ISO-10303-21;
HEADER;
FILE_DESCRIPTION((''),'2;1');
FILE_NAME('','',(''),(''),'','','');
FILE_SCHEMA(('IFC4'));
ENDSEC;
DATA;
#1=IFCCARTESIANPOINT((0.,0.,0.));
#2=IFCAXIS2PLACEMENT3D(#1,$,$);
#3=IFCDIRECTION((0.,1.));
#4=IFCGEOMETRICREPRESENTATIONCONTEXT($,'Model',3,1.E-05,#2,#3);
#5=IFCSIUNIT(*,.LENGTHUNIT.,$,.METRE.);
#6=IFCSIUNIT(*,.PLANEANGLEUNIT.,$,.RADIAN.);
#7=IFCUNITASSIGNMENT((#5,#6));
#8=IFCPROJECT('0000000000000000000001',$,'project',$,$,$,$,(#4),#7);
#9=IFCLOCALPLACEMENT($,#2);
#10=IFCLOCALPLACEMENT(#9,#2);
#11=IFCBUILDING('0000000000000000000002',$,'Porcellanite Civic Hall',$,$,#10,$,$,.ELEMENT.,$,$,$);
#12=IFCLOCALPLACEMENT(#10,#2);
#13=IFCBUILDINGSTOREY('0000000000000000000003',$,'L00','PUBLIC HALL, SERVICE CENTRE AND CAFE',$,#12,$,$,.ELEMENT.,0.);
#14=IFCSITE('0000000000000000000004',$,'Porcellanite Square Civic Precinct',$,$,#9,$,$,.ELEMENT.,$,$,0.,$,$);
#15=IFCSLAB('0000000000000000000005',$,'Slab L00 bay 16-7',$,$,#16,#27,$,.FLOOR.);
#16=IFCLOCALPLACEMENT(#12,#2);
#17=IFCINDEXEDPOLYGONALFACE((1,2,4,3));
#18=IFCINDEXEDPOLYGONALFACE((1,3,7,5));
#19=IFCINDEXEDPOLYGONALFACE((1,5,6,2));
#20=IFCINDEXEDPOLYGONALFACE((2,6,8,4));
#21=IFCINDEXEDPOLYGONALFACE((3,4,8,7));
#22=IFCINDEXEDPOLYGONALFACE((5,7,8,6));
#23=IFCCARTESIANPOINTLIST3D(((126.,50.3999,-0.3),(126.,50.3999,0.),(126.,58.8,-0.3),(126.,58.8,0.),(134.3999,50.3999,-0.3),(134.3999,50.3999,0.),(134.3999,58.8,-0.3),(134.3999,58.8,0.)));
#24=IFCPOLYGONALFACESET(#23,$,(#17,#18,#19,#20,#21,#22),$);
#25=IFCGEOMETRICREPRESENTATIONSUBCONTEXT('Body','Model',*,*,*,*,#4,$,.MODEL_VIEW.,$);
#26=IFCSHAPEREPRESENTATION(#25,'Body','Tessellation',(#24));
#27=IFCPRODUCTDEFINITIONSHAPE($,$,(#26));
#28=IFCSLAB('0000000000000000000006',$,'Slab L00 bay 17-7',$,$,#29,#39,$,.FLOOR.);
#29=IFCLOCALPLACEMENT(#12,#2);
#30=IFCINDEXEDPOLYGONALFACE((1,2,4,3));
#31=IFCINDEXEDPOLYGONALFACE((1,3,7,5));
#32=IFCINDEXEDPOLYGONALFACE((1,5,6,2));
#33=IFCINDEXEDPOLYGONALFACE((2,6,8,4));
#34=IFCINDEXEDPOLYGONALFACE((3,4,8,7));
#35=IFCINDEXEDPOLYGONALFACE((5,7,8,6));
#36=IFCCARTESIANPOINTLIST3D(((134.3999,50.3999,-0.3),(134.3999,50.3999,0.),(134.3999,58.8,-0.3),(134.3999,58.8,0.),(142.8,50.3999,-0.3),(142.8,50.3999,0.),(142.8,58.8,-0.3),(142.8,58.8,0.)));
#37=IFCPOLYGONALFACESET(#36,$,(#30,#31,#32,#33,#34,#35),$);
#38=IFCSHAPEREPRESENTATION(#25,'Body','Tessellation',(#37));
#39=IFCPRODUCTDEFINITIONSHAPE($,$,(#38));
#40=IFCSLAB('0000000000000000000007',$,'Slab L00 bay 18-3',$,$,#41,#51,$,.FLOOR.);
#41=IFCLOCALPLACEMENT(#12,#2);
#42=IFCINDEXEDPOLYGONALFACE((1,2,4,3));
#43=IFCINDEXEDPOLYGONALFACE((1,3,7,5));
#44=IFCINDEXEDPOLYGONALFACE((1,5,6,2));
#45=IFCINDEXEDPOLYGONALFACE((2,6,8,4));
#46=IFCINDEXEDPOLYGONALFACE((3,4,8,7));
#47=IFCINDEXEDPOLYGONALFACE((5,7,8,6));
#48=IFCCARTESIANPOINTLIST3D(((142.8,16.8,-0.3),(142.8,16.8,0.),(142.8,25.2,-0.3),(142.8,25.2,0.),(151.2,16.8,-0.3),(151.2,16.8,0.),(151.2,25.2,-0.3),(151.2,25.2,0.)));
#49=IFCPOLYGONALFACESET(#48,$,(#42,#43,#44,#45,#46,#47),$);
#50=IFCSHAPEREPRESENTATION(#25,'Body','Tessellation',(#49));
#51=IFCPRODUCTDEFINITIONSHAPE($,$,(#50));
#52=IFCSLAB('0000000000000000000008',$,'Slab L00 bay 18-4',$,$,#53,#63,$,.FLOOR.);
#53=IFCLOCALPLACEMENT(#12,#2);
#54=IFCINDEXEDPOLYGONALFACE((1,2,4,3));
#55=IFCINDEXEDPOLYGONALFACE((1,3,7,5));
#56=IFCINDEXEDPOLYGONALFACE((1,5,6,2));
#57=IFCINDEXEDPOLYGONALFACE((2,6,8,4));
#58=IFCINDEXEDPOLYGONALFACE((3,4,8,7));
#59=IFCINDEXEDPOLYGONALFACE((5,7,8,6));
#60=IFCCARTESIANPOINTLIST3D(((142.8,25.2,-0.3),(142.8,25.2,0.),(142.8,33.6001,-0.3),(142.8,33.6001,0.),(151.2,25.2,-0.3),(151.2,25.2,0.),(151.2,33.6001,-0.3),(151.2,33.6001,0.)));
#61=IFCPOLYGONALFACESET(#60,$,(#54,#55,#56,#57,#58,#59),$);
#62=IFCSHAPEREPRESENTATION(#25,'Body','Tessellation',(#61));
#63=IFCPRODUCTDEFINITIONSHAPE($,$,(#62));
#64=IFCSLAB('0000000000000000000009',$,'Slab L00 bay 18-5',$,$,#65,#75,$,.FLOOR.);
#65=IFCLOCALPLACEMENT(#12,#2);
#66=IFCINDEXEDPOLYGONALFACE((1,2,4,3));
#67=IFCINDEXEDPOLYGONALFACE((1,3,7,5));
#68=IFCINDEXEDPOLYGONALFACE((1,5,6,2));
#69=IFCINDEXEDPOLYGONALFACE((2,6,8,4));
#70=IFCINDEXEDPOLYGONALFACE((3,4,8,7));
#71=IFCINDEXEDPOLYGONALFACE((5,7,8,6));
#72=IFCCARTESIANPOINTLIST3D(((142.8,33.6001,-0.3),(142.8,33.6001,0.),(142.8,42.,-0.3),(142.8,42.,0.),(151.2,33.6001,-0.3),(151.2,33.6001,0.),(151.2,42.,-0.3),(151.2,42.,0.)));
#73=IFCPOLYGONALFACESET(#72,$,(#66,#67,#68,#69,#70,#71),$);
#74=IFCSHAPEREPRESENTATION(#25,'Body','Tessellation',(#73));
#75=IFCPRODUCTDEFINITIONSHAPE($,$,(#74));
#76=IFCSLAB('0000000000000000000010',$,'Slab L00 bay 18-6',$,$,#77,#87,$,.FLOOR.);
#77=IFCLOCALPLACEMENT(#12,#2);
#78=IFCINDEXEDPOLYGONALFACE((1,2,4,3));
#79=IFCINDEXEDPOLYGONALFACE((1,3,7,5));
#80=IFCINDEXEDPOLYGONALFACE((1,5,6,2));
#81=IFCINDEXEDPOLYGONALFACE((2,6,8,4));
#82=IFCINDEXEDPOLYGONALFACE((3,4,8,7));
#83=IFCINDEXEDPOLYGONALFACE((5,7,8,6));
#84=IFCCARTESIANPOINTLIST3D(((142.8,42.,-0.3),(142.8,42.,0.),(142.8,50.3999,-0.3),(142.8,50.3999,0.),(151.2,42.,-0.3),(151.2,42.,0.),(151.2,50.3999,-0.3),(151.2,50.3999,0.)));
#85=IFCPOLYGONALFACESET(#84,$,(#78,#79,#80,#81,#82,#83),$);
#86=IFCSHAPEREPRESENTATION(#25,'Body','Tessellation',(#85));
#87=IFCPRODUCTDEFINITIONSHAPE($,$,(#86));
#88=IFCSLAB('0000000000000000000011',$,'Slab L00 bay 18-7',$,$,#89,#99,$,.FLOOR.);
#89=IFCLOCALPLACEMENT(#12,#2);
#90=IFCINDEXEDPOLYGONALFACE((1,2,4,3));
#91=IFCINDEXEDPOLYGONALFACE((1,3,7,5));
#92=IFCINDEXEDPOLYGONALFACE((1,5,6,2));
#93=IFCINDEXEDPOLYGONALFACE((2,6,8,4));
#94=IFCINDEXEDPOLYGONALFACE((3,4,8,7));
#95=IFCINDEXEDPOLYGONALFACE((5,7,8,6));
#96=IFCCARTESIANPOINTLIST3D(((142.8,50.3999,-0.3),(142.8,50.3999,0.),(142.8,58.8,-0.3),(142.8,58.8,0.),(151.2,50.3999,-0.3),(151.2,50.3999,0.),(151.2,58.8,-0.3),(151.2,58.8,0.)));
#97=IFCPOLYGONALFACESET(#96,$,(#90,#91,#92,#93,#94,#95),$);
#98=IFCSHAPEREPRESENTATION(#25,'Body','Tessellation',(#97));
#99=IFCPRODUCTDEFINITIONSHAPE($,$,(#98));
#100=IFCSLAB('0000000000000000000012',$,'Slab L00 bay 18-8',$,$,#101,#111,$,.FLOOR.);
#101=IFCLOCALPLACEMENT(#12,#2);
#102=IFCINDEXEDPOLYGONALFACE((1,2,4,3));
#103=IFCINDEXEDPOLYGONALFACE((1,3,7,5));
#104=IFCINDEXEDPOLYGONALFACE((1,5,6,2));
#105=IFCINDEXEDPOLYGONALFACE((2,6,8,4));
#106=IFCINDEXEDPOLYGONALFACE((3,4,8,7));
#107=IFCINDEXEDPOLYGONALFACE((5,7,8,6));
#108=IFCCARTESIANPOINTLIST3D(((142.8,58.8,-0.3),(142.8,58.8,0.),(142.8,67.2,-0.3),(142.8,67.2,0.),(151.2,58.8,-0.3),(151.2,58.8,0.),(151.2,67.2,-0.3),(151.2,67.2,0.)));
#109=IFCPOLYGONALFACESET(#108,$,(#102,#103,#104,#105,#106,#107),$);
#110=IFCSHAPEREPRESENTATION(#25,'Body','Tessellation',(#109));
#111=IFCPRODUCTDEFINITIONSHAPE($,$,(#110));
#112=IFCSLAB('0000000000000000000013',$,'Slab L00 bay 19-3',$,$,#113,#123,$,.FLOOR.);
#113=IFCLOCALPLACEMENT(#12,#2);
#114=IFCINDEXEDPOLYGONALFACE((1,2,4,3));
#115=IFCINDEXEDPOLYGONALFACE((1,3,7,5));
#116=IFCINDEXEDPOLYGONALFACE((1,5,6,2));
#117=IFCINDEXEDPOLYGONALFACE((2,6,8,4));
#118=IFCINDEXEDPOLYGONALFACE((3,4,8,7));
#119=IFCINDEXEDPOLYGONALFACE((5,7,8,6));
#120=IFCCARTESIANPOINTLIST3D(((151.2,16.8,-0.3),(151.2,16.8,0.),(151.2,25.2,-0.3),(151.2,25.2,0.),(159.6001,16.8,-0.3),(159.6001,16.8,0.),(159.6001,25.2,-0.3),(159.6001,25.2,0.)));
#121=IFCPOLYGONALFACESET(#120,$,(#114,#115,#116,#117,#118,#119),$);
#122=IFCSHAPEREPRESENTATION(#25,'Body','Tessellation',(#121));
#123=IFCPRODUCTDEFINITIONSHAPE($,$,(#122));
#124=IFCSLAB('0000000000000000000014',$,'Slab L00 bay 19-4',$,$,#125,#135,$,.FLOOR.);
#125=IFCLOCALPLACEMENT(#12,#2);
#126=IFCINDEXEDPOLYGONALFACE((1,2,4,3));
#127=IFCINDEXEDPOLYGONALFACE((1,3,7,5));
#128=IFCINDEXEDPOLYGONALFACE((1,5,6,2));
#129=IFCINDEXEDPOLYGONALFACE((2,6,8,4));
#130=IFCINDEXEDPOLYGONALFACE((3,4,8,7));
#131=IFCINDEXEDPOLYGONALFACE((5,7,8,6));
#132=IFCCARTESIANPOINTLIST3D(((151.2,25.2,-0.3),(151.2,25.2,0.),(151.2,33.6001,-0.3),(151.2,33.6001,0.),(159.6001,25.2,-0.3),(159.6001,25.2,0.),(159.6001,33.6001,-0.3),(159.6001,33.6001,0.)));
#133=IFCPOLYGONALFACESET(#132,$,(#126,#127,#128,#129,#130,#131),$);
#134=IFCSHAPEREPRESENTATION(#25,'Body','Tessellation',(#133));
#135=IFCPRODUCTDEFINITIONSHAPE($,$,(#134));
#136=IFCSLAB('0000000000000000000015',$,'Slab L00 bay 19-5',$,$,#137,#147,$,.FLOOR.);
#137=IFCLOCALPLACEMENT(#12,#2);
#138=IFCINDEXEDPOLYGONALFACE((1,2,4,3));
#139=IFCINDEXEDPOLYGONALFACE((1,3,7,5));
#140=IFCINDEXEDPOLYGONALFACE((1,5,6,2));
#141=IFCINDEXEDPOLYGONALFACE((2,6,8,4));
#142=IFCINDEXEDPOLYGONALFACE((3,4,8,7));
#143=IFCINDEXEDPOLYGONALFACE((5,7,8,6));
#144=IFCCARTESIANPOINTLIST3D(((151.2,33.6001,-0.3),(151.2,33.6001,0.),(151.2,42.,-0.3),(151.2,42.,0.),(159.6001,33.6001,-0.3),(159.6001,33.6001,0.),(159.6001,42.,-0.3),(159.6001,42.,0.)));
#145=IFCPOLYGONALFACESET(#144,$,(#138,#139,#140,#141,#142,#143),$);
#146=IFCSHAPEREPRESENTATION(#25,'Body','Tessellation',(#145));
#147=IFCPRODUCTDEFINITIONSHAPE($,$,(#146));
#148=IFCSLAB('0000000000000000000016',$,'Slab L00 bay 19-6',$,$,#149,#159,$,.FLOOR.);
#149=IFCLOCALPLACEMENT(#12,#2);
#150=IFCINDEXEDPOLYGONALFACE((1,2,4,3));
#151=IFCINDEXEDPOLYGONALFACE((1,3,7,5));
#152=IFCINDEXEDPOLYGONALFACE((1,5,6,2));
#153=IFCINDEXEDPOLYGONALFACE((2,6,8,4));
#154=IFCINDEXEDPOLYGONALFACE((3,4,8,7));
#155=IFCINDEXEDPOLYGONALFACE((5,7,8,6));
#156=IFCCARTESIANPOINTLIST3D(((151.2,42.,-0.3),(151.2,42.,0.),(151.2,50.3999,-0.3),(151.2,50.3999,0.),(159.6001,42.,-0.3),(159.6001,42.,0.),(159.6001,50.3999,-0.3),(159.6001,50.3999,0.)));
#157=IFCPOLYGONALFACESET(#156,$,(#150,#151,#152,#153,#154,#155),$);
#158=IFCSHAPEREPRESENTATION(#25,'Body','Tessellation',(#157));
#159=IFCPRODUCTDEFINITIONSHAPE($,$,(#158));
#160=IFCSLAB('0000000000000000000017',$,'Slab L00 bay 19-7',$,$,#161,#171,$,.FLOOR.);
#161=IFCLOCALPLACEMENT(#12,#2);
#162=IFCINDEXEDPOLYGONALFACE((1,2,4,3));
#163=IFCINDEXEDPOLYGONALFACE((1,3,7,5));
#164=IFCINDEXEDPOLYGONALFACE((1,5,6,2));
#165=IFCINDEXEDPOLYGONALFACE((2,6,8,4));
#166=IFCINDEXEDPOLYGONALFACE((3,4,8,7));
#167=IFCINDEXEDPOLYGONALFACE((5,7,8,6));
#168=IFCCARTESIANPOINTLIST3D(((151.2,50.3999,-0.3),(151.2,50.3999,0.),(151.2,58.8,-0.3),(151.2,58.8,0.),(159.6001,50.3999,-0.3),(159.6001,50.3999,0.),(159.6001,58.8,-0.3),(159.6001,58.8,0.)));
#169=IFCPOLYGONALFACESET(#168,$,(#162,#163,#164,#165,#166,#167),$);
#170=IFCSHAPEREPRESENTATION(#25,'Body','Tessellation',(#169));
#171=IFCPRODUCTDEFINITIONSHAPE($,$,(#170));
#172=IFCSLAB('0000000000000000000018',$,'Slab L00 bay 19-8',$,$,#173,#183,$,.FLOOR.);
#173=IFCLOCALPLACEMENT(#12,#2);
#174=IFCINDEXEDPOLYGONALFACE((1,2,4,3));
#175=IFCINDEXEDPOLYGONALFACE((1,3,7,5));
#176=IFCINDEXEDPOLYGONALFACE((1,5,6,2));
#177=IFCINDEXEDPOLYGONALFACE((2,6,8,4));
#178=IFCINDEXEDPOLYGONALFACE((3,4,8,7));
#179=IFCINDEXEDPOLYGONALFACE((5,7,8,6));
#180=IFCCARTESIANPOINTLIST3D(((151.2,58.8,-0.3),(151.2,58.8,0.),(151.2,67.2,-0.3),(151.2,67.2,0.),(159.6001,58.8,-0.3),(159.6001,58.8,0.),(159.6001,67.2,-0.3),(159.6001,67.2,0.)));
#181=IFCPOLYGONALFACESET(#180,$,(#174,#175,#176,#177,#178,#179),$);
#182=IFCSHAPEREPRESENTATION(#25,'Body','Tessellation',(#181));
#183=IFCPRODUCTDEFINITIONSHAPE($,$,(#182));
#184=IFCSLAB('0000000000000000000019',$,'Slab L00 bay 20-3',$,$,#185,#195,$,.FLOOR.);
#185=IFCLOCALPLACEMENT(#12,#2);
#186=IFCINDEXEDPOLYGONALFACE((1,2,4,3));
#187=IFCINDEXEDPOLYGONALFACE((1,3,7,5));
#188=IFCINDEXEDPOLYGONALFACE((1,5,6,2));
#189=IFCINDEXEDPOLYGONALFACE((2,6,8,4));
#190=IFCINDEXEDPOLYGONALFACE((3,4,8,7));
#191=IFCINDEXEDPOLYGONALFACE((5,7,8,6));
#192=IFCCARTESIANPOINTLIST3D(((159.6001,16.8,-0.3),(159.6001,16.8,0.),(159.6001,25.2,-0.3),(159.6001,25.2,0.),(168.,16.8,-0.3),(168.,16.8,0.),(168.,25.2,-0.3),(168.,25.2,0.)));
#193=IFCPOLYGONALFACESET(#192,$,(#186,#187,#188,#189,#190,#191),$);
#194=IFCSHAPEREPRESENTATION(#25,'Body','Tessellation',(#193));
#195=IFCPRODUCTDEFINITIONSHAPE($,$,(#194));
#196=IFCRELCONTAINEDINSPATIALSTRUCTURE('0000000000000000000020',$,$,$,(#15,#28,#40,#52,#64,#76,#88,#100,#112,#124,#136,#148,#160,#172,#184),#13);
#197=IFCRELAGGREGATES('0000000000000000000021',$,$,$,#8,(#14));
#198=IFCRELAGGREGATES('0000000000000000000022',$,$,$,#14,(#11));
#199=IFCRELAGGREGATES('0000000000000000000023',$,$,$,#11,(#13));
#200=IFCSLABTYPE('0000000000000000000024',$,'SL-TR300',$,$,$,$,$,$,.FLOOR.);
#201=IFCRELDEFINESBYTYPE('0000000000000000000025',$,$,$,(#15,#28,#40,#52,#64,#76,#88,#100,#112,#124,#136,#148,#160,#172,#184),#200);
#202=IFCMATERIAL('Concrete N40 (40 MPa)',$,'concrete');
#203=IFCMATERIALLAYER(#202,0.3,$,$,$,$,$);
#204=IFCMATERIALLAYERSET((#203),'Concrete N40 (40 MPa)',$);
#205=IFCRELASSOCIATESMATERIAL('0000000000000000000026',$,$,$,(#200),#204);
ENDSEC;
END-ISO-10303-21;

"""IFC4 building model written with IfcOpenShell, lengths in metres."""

from ifc_helpers import new_model, si_unit, direction, frame, origin, place, context, subcontext, project, spatial, polyline, outline, extrude, material, layer, layer_set, type_object, element, save


model = new_model("IFC4")

# Units and contexts
model_context = context("Model", 3, precision=1e-05, world=origin(), true_north=direction((0.0, 1.0)))
body_context = subcontext(model_context, "Body", "Model", "MODEL_VIEW")
ifc_project = project(units=[si_unit("LENGTHUNIT", "METRE"), si_unit("PLANEANGLEUNIT", "RADIAN")], contexts=[model_context])

# Site, building, storey
site_placement = place(None, origin())
site = spatial("IfcSite", under=ifc_project, at=site_placement, Name="Porcellanite Square Civic Precinct", CompositionType="ELEMENT", RefElevation=0.0)
building_placement = place(site_placement, origin())
building = spatial("IfcBuilding", under=site, at=building_placement, Name="Porcellanite Civic Hall", CompositionType="ELEMENT")
storey_placement = place(building_placement, origin())
storey = spatial("IfcBuildingStorey", under=building, at=storey_placement, Name="L00", Description="PUBLIC HALL, SERVICE CENTRE AND CAFE", CompositionType="ELEMENT", Elevation=0.0)

# Slabs
ifc_material_1 = material(Name="Concrete N40 (40 MPa)", Category="concrete")
ifc_layer_1 = layer(ifc_material_1, 0.3)
ifc_layer_set_1 = layer_set([ifc_layer_1], Name="Concrete N40 (40 MPa)")
slab_type = type_object("IfcSlabType", Name="SL-TR300", PredefinedType="FLOOR", material=ifc_layer_set_1)
slab_1_placement = place(storey_placement, frame((0.0, 0.0, -0.3)))
element("IfcSlab", 1, at=slab_1_placement, inside=storey, type_object=slab_type, Name="Slab L00 bay 16-7", PredefinedType="FLOOR", context=body_context, shape_type="SweptSolid", body=[
    extrude(outline(polyline([(126.0, 50.3999), (134.3999, 50.3999), (134.3999, 58.8), (126.0, 58.8), (126.0, 50.3999)])), origin(), (0.0, 0.0, 1.0), 0.3),
])
slab_2_placement = place(storey_placement, frame((0.0, 0.0, -0.3)))
element("IfcSlab", 2, at=slab_2_placement, inside=storey, type_object=slab_type, Name="Slab L00 bay 17-7", PredefinedType="FLOOR", context=body_context, shape_type="SweptSolid", body=[
    extrude(outline(polyline([(134.3999, 50.3999), (142.8, 50.3999), (142.8, 58.8), (134.3999, 58.8), (134.3999, 50.3999)])), origin(), (0.0, 0.0, 1.0), 0.3),
])
slab_3_placement = place(storey_placement, frame((0.0, 0.0, -0.3)))
element("IfcSlab", 3, at=slab_3_placement, inside=storey, type_object=slab_type, Name="Slab L00 bay 18-3", PredefinedType="FLOOR", context=body_context, shape_type="SweptSolid", body=[
    extrude(outline(polyline([(142.8, 16.8), (151.2, 16.8), (151.2, 25.2), (142.8, 25.2), (142.8, 16.8)])), origin(), (0.0, 0.0, 1.0), 0.3),
])
slab_4_placement = place(storey_placement, frame((0.0, 0.0, -0.3)))
element("IfcSlab", 4, at=slab_4_placement, inside=storey, type_object=slab_type, Name="Slab L00 bay 18-4", PredefinedType="FLOOR", context=body_context, shape_type="SweptSolid", body=[
    extrude(outline(polyline([(142.8, 25.2), (151.2, 25.2), (151.2, 33.6001), (142.8, 33.6001), (142.8, 25.2)])), origin(), (0.0, 0.0, 1.0), 0.3),
])
slab_5_placement = place(storey_placement, frame((0.0, 0.0, -0.3)))
element("IfcSlab", 5, at=slab_5_placement, inside=storey, type_object=slab_type, Name="Slab L00 bay 18-5", PredefinedType="FLOOR", context=body_context, shape_type="SweptSolid", body=[
    extrude(outline(polyline([(142.8, 33.6001), (151.2, 33.6001), (151.2, 42.0), (142.8, 42.0), (142.8, 33.6001)])), origin(), (0.0, 0.0, 1.0), 0.3),
])
slab_6_placement = place(storey_placement, frame((0.0, 0.0, -0.3)))
element("IfcSlab", 6, at=slab_6_placement, inside=storey, type_object=slab_type, Name="Slab L00 bay 18-6", PredefinedType="FLOOR", context=body_context, shape_type="SweptSolid", body=[
    extrude(outline(polyline([(142.8, 42.0), (151.2, 42.0), (151.2, 50.3999), (142.8, 50.3999), (142.8, 42.0)])), origin(), (0.0, 0.0, 1.0), 0.3),
])
slab_7_placement = place(storey_placement, frame((0.0, 0.0, -0.3)))
element("IfcSlab", 7, at=slab_7_placement, inside=storey, type_object=slab_type, Name="Slab L00 bay 18-7", PredefinedType="FLOOR", context=body_context, shape_type="SweptSolid", body=[
    extrude(outline(polyline([(142.8, 50.3999), (151.2, 50.3999), (151.2, 58.8), (142.8, 58.8), (142.8, 50.3999)])), origin(), (0.0, 0.0, 1.0), 0.3),
])
slab_8_placement = place(storey_placement, frame((0.0, 0.0, -0.3)))
element("IfcSlab", 8, at=slab_8_placement, inside=storey, type_object=slab_type, Name="Slab L00 bay 18-8", PredefinedType="FLOOR", context=body_context, shape_type="SweptSolid", body=[
    extrude(outline(polyline([(142.8, 58.8), (151.2, 58.8), (151.2, 67.2), (142.8, 67.2), (142.8, 58.8)])), origin(), (0.0, 0.0, 1.0), 0.3),
])
slab_9_placement = place(storey_placement, frame((0.0, 0.0, -0.3)))
element("IfcSlab", 9, at=slab_9_placement, inside=storey, type_object=slab_type, Name="Slab L00 bay 19-3", PredefinedType="FLOOR", context=body_context, shape_type="SweptSolid", body=[
    extrude(outline(polyline([(151.2, 16.8), (159.6001, 16.8), (159.6001, 25.2), (151.2, 25.2), (151.2, 16.8)])), origin(), (0.0, 0.0, 1.0), 0.3),
])
slab_10_placement = place(storey_placement, frame((0.0, 0.0, -0.3)))
element("IfcSlab", 10, at=slab_10_placement, inside=storey, type_object=slab_type, Name="Slab L00 bay 19-4", PredefinedType="FLOOR", context=body_context, shape_type="SweptSolid", body=[
    extrude(outline(polyline([(151.2, 25.2), (159.6001, 25.2), (159.6001, 33.6001), (151.2, 33.6001), (151.2, 25.2)])), origin(), (0.0, 0.0, 1.0), 0.3),
])
slab_11_placement = place(storey_placement, frame((0.0, 0.0, -0.3)))
element("IfcSlab", 11, at=slab_11_placement, inside=storey, type_object=slab_type, Name="Slab L00 bay 19-5", PredefinedType="FLOOR", context=body_context, shape_type="SweptSolid", body=[
    extrude(outline(polyline([(151.2, 33.6001), (159.6001, 33.6001), (159.6001, 42.0), (151.2, 42.0), (151.2, 33.6001)])), origin(), (0.0, 0.0, 1.0), 0.3),
])
slab_12_placement = place(storey_placement, frame((0.0, 0.0, -0.3)))
element("IfcSlab", 12, at=slab_12_placement, inside=storey, type_object=slab_type, Name="Slab L00 bay 19-6", PredefinedType="FLOOR", context=body_context, shape_type="SweptSolid", body=[
    extrude(outline(polyline([(151.2, 42.0), (159.6001, 42.0), (159.6001, 50.3999), (151.2, 50.3999), (151.2, 42.0)])), origin(), (0.0, 0.0, 1.0), 0.3),
])
slab_13_placement = place(storey_placement, frame((0.0, 0.0, -0.3)))
element("IfcSlab", 13, at=slab_13_placement, inside=storey, type_object=slab_type, Name="Slab L00 bay 19-7", PredefinedType="FLOOR", context=body_context, shape_type="SweptSolid", body=[
    extrude(outline(polyline([(151.2, 50.3999), (159.6001, 50.3999), (159.6001, 58.8), (151.2, 58.8), (151.2, 50.3999)])), origin(), (0.0, 0.0, 1.0), 0.3),
])
slab_14_placement = place(storey_placement, frame((0.0, 0.0, -0.3)))
element("IfcSlab", 14, at=slab_14_placement, inside=storey, type_object=slab_type, Name="Slab L00 bay 19-8", PredefinedType="FLOOR", context=body_context, shape_type="SweptSolid", body=[
    extrude(outline(polyline([(151.2, 58.8), (159.6001, 58.8), (159.6001, 67.2), (151.2, 67.2), (151.2, 58.8)])), origin(), (0.0, 0.0, 1.0), 0.3),
])
slab_15_placement = place(storey_placement, frame((0.0, 0.0, -0.3)))
element("IfcSlab", 15, at=slab_15_placement, inside=storey, type_object=slab_type, Name="Slab L00 bay 20-3", PredefinedType="FLOOR", context=body_context, shape_type="SweptSolid", body=[
    extrude(outline(polyline([(159.6001, 16.8), (168.0, 16.8), (168.0, 25.2), (159.6001, 25.2), (159.6001, 16.8)])), origin(), (0.0, 0.0, 1.0), 0.3),
])

save(model, "model.ifc")
